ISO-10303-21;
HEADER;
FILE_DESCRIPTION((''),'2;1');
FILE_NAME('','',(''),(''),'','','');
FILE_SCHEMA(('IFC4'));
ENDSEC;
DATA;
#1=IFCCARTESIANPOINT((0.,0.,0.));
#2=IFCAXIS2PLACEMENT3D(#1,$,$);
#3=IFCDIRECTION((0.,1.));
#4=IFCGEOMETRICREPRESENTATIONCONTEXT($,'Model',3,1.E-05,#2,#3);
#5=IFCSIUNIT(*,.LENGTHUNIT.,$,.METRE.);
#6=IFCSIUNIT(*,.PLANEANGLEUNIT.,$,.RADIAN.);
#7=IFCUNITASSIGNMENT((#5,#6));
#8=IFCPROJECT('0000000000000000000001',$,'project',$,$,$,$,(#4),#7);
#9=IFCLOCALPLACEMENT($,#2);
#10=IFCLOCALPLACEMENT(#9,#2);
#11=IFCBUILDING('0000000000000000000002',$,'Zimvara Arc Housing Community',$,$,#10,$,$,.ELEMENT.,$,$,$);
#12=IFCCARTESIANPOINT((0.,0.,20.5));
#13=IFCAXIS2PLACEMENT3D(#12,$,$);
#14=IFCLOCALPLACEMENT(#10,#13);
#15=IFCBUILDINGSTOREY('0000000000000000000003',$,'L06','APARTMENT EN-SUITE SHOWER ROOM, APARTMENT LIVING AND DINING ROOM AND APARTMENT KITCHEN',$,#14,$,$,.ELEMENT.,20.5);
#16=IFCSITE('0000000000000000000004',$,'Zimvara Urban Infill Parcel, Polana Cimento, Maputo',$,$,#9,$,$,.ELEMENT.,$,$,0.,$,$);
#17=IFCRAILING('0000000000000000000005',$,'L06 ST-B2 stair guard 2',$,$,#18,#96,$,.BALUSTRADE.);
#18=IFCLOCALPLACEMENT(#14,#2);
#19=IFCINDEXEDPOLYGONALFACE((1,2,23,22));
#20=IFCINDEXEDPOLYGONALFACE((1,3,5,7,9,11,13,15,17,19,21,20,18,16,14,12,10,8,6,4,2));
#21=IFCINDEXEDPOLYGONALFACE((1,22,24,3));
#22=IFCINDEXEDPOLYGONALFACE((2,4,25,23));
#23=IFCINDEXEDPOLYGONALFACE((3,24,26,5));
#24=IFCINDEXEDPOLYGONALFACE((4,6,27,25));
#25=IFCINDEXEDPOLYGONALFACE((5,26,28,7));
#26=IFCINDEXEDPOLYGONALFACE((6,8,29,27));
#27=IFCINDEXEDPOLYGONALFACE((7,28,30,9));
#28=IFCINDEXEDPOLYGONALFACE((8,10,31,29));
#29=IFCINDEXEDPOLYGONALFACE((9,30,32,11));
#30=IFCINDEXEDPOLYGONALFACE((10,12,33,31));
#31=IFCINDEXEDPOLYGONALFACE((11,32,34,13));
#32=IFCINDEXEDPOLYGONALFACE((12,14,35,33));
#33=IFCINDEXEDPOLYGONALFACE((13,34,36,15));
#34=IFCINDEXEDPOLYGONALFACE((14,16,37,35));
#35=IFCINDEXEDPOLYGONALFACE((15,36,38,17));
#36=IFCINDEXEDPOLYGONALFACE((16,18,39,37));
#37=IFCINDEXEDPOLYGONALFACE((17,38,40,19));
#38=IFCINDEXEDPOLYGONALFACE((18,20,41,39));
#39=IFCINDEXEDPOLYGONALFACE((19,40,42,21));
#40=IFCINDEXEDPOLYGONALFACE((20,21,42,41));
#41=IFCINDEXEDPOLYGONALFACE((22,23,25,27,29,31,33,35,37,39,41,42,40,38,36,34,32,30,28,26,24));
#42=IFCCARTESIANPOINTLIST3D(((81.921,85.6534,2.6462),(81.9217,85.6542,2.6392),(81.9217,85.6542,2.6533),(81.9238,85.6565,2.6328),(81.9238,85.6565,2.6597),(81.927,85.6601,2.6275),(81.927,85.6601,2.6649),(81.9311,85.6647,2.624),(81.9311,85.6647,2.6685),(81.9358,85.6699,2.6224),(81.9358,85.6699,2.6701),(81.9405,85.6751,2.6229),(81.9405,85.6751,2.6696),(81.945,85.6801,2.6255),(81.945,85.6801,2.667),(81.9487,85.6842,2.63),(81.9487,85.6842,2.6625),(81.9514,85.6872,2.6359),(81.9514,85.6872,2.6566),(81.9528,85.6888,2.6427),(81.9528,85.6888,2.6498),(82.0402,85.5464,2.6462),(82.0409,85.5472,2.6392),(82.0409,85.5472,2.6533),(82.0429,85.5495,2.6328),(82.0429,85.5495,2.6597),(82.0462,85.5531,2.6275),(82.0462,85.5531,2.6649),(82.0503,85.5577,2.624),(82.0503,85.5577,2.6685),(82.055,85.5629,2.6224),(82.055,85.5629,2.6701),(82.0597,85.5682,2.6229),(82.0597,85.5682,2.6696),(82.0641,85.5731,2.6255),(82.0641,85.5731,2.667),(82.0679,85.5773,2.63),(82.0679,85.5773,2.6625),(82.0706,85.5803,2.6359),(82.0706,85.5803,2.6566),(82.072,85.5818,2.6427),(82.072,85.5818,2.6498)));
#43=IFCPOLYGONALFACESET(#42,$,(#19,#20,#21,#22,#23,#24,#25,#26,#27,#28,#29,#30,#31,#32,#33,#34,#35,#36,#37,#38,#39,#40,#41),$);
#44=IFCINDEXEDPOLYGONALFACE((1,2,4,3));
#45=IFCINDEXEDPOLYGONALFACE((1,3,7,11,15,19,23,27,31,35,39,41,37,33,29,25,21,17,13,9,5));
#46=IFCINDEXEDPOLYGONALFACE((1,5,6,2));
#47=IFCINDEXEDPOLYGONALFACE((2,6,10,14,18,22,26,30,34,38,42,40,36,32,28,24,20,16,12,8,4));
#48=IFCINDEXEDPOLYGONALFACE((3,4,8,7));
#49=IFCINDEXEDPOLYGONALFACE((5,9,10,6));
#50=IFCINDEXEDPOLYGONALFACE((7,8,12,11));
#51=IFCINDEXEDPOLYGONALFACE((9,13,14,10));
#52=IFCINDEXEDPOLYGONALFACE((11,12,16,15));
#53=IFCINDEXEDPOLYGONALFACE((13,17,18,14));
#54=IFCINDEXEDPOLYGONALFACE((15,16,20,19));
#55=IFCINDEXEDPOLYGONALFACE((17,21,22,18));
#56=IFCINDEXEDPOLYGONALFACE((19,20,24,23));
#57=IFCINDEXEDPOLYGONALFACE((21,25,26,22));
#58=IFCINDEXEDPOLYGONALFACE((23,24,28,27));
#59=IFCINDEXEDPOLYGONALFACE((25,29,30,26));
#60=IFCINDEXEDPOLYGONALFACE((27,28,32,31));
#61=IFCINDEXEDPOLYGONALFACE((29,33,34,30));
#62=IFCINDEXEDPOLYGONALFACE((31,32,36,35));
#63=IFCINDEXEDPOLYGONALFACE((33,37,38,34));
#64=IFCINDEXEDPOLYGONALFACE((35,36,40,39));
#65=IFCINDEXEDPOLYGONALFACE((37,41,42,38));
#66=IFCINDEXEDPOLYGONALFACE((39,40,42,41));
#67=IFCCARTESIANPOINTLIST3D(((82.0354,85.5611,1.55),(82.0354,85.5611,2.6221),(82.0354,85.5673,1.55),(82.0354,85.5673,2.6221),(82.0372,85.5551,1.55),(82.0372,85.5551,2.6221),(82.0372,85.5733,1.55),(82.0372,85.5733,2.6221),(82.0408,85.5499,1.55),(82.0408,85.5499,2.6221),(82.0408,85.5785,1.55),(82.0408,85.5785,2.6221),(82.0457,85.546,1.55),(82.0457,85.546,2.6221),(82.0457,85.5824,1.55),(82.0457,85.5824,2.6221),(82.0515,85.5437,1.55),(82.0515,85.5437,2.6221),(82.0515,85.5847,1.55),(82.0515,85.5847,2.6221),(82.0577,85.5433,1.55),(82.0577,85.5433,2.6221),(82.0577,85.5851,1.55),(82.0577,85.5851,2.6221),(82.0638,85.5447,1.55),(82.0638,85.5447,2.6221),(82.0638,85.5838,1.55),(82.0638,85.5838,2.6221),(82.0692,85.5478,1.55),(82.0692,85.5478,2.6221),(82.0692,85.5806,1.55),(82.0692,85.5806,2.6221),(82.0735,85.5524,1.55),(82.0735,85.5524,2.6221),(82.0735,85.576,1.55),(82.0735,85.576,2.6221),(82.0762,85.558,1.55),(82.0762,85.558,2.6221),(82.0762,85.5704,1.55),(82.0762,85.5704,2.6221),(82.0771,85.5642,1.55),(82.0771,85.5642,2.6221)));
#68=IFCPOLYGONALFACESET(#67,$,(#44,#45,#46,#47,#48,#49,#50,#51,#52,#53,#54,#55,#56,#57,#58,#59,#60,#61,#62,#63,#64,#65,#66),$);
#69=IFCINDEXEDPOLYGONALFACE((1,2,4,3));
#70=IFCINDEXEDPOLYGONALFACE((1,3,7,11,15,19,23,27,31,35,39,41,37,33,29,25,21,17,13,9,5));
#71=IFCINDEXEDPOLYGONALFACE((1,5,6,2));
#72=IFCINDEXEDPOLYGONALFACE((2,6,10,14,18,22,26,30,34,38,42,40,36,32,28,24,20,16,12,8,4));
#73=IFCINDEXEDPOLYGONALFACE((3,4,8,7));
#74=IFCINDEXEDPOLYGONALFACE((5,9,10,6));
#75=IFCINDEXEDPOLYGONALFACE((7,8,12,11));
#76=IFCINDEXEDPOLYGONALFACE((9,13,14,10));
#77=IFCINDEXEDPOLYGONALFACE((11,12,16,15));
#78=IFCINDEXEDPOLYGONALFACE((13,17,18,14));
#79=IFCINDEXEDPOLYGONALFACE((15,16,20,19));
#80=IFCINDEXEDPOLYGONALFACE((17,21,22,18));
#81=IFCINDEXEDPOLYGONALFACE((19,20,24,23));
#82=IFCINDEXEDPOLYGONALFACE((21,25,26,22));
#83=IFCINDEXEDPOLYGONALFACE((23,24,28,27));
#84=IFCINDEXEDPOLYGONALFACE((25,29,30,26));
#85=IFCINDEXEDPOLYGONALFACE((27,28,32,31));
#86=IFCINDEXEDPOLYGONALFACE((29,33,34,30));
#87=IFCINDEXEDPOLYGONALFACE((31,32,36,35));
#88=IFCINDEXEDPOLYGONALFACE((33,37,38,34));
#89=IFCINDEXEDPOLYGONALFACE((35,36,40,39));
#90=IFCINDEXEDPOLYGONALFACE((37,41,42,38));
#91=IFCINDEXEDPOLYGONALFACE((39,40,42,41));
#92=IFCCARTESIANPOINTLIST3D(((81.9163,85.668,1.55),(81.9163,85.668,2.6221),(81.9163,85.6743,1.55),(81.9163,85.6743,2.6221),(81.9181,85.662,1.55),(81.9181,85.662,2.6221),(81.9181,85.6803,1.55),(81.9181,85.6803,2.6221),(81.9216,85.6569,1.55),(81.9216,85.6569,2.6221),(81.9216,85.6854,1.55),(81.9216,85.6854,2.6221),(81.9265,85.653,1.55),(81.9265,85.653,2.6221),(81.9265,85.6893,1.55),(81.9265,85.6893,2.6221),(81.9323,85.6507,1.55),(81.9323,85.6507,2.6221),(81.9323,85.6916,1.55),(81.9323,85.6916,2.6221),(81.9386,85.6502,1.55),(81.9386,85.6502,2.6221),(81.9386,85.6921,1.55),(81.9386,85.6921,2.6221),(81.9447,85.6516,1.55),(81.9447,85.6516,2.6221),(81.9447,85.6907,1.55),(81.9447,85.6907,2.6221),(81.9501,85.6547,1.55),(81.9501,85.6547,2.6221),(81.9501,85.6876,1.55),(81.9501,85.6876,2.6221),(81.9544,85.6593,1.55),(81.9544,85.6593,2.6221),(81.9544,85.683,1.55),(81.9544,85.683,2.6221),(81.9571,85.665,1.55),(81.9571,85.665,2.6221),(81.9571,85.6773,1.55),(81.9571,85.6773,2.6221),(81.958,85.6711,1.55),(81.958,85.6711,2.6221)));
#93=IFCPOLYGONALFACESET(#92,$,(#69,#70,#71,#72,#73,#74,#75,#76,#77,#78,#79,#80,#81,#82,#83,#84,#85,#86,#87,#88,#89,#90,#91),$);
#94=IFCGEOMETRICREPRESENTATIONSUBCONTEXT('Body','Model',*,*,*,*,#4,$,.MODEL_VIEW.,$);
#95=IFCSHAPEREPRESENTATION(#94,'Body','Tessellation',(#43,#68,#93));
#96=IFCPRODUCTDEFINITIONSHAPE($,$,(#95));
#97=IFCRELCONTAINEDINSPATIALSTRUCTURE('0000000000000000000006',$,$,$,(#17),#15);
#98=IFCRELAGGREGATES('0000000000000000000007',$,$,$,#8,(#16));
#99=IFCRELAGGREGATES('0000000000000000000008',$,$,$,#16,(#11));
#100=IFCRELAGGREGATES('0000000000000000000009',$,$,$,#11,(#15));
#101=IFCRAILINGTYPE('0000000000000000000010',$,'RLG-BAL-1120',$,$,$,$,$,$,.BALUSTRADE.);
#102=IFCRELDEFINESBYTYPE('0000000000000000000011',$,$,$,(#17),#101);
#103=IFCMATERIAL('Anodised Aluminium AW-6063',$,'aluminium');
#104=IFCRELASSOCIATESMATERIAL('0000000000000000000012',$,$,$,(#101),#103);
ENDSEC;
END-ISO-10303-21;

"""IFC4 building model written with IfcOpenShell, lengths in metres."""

from ifc_helpers import new_model, si_unit, direction, frame, origin, origin_2d, place, context, subcontext, project, spatial, circle, extrude, material, type_object, element, save


model = new_model("IFC4")

# Units and contexts
model_context = context("Model", 3, precision=1e-05, world=origin(), true_north=direction((0.0, 1.0)))
body_context = subcontext(model_context, "Body", "Model", "MODEL_VIEW")
ifc_project = project(units=[si_unit("LENGTHUNIT", "METRE"), si_unit("PLANEANGLEUNIT", "RADIAN")], contexts=[model_context])

# Site, building, storey
site_placement = place(None, origin())
site = spatial("IfcSite", under=ifc_project, at=site_placement, Name="Zimvara Urban Infill Parcel, Polana Cimento, Maputo", CompositionType="ELEMENT", RefElevation=0.0)
building_placement = place(site_placement, origin())
building = spatial("IfcBuilding", under=site, at=building_placement, Name="Zimvara Arc Housing Community", CompositionType="ELEMENT")
storey_placement = place(building_placement, frame((0.0, 0.0, 20.5)))
storey = spatial("IfcBuildingStorey", under=building, at=storey_placement, Name="L06", Description="APARTMENT EN-SUITE SHOWER ROOM, APARTMENT LIVING AND DINING ROOM AND APARTMENT KITCHEN", CompositionType="ELEMENT", Elevation=20.5)

# Railing
ifc_material_1 = material(Name="Anodised Aluminium AW-6063", Category="aluminium")
railing_type_1 = type_object("IfcRailingType", Name="RLG-BAL-1120", PredefinedType="BALUSTRADE", material=ifc_material_1)
railing_1_placement = place(storey_placement, frame((82.0562, 85.5642, 1.55)))
element("IfcRailing", 1, at=railing_1_placement, inside=storey, type_object=railing_type_1, Name="L06 ST-B2 stair guard 2", PredefinedType="BALUSTRADE", context=body_context, shape_type="SweptSolid", body=[
    extrude(circle(Radius=0.0239, at=origin_2d()), frame((0.0, 0.0, 1.0962), z_axis=(-0.744203, 0.667953, 0.0), x_axis=(-0.667953, -0.744203, 0.0)), (0.0, 0.0, 1.0), 0.1602),
    extrude(circle(Radius=0.021, at=origin_2d()), origin(), (0.0, 0.0, 1.0), 1.072),
    extrude(circle(Radius=0.021, at=origin_2d()), frame((-0.1191, 0.1069, 0.0)), (0.0, 0.0, 1.0), 1.072),
])

save(model, "model.ifc")
